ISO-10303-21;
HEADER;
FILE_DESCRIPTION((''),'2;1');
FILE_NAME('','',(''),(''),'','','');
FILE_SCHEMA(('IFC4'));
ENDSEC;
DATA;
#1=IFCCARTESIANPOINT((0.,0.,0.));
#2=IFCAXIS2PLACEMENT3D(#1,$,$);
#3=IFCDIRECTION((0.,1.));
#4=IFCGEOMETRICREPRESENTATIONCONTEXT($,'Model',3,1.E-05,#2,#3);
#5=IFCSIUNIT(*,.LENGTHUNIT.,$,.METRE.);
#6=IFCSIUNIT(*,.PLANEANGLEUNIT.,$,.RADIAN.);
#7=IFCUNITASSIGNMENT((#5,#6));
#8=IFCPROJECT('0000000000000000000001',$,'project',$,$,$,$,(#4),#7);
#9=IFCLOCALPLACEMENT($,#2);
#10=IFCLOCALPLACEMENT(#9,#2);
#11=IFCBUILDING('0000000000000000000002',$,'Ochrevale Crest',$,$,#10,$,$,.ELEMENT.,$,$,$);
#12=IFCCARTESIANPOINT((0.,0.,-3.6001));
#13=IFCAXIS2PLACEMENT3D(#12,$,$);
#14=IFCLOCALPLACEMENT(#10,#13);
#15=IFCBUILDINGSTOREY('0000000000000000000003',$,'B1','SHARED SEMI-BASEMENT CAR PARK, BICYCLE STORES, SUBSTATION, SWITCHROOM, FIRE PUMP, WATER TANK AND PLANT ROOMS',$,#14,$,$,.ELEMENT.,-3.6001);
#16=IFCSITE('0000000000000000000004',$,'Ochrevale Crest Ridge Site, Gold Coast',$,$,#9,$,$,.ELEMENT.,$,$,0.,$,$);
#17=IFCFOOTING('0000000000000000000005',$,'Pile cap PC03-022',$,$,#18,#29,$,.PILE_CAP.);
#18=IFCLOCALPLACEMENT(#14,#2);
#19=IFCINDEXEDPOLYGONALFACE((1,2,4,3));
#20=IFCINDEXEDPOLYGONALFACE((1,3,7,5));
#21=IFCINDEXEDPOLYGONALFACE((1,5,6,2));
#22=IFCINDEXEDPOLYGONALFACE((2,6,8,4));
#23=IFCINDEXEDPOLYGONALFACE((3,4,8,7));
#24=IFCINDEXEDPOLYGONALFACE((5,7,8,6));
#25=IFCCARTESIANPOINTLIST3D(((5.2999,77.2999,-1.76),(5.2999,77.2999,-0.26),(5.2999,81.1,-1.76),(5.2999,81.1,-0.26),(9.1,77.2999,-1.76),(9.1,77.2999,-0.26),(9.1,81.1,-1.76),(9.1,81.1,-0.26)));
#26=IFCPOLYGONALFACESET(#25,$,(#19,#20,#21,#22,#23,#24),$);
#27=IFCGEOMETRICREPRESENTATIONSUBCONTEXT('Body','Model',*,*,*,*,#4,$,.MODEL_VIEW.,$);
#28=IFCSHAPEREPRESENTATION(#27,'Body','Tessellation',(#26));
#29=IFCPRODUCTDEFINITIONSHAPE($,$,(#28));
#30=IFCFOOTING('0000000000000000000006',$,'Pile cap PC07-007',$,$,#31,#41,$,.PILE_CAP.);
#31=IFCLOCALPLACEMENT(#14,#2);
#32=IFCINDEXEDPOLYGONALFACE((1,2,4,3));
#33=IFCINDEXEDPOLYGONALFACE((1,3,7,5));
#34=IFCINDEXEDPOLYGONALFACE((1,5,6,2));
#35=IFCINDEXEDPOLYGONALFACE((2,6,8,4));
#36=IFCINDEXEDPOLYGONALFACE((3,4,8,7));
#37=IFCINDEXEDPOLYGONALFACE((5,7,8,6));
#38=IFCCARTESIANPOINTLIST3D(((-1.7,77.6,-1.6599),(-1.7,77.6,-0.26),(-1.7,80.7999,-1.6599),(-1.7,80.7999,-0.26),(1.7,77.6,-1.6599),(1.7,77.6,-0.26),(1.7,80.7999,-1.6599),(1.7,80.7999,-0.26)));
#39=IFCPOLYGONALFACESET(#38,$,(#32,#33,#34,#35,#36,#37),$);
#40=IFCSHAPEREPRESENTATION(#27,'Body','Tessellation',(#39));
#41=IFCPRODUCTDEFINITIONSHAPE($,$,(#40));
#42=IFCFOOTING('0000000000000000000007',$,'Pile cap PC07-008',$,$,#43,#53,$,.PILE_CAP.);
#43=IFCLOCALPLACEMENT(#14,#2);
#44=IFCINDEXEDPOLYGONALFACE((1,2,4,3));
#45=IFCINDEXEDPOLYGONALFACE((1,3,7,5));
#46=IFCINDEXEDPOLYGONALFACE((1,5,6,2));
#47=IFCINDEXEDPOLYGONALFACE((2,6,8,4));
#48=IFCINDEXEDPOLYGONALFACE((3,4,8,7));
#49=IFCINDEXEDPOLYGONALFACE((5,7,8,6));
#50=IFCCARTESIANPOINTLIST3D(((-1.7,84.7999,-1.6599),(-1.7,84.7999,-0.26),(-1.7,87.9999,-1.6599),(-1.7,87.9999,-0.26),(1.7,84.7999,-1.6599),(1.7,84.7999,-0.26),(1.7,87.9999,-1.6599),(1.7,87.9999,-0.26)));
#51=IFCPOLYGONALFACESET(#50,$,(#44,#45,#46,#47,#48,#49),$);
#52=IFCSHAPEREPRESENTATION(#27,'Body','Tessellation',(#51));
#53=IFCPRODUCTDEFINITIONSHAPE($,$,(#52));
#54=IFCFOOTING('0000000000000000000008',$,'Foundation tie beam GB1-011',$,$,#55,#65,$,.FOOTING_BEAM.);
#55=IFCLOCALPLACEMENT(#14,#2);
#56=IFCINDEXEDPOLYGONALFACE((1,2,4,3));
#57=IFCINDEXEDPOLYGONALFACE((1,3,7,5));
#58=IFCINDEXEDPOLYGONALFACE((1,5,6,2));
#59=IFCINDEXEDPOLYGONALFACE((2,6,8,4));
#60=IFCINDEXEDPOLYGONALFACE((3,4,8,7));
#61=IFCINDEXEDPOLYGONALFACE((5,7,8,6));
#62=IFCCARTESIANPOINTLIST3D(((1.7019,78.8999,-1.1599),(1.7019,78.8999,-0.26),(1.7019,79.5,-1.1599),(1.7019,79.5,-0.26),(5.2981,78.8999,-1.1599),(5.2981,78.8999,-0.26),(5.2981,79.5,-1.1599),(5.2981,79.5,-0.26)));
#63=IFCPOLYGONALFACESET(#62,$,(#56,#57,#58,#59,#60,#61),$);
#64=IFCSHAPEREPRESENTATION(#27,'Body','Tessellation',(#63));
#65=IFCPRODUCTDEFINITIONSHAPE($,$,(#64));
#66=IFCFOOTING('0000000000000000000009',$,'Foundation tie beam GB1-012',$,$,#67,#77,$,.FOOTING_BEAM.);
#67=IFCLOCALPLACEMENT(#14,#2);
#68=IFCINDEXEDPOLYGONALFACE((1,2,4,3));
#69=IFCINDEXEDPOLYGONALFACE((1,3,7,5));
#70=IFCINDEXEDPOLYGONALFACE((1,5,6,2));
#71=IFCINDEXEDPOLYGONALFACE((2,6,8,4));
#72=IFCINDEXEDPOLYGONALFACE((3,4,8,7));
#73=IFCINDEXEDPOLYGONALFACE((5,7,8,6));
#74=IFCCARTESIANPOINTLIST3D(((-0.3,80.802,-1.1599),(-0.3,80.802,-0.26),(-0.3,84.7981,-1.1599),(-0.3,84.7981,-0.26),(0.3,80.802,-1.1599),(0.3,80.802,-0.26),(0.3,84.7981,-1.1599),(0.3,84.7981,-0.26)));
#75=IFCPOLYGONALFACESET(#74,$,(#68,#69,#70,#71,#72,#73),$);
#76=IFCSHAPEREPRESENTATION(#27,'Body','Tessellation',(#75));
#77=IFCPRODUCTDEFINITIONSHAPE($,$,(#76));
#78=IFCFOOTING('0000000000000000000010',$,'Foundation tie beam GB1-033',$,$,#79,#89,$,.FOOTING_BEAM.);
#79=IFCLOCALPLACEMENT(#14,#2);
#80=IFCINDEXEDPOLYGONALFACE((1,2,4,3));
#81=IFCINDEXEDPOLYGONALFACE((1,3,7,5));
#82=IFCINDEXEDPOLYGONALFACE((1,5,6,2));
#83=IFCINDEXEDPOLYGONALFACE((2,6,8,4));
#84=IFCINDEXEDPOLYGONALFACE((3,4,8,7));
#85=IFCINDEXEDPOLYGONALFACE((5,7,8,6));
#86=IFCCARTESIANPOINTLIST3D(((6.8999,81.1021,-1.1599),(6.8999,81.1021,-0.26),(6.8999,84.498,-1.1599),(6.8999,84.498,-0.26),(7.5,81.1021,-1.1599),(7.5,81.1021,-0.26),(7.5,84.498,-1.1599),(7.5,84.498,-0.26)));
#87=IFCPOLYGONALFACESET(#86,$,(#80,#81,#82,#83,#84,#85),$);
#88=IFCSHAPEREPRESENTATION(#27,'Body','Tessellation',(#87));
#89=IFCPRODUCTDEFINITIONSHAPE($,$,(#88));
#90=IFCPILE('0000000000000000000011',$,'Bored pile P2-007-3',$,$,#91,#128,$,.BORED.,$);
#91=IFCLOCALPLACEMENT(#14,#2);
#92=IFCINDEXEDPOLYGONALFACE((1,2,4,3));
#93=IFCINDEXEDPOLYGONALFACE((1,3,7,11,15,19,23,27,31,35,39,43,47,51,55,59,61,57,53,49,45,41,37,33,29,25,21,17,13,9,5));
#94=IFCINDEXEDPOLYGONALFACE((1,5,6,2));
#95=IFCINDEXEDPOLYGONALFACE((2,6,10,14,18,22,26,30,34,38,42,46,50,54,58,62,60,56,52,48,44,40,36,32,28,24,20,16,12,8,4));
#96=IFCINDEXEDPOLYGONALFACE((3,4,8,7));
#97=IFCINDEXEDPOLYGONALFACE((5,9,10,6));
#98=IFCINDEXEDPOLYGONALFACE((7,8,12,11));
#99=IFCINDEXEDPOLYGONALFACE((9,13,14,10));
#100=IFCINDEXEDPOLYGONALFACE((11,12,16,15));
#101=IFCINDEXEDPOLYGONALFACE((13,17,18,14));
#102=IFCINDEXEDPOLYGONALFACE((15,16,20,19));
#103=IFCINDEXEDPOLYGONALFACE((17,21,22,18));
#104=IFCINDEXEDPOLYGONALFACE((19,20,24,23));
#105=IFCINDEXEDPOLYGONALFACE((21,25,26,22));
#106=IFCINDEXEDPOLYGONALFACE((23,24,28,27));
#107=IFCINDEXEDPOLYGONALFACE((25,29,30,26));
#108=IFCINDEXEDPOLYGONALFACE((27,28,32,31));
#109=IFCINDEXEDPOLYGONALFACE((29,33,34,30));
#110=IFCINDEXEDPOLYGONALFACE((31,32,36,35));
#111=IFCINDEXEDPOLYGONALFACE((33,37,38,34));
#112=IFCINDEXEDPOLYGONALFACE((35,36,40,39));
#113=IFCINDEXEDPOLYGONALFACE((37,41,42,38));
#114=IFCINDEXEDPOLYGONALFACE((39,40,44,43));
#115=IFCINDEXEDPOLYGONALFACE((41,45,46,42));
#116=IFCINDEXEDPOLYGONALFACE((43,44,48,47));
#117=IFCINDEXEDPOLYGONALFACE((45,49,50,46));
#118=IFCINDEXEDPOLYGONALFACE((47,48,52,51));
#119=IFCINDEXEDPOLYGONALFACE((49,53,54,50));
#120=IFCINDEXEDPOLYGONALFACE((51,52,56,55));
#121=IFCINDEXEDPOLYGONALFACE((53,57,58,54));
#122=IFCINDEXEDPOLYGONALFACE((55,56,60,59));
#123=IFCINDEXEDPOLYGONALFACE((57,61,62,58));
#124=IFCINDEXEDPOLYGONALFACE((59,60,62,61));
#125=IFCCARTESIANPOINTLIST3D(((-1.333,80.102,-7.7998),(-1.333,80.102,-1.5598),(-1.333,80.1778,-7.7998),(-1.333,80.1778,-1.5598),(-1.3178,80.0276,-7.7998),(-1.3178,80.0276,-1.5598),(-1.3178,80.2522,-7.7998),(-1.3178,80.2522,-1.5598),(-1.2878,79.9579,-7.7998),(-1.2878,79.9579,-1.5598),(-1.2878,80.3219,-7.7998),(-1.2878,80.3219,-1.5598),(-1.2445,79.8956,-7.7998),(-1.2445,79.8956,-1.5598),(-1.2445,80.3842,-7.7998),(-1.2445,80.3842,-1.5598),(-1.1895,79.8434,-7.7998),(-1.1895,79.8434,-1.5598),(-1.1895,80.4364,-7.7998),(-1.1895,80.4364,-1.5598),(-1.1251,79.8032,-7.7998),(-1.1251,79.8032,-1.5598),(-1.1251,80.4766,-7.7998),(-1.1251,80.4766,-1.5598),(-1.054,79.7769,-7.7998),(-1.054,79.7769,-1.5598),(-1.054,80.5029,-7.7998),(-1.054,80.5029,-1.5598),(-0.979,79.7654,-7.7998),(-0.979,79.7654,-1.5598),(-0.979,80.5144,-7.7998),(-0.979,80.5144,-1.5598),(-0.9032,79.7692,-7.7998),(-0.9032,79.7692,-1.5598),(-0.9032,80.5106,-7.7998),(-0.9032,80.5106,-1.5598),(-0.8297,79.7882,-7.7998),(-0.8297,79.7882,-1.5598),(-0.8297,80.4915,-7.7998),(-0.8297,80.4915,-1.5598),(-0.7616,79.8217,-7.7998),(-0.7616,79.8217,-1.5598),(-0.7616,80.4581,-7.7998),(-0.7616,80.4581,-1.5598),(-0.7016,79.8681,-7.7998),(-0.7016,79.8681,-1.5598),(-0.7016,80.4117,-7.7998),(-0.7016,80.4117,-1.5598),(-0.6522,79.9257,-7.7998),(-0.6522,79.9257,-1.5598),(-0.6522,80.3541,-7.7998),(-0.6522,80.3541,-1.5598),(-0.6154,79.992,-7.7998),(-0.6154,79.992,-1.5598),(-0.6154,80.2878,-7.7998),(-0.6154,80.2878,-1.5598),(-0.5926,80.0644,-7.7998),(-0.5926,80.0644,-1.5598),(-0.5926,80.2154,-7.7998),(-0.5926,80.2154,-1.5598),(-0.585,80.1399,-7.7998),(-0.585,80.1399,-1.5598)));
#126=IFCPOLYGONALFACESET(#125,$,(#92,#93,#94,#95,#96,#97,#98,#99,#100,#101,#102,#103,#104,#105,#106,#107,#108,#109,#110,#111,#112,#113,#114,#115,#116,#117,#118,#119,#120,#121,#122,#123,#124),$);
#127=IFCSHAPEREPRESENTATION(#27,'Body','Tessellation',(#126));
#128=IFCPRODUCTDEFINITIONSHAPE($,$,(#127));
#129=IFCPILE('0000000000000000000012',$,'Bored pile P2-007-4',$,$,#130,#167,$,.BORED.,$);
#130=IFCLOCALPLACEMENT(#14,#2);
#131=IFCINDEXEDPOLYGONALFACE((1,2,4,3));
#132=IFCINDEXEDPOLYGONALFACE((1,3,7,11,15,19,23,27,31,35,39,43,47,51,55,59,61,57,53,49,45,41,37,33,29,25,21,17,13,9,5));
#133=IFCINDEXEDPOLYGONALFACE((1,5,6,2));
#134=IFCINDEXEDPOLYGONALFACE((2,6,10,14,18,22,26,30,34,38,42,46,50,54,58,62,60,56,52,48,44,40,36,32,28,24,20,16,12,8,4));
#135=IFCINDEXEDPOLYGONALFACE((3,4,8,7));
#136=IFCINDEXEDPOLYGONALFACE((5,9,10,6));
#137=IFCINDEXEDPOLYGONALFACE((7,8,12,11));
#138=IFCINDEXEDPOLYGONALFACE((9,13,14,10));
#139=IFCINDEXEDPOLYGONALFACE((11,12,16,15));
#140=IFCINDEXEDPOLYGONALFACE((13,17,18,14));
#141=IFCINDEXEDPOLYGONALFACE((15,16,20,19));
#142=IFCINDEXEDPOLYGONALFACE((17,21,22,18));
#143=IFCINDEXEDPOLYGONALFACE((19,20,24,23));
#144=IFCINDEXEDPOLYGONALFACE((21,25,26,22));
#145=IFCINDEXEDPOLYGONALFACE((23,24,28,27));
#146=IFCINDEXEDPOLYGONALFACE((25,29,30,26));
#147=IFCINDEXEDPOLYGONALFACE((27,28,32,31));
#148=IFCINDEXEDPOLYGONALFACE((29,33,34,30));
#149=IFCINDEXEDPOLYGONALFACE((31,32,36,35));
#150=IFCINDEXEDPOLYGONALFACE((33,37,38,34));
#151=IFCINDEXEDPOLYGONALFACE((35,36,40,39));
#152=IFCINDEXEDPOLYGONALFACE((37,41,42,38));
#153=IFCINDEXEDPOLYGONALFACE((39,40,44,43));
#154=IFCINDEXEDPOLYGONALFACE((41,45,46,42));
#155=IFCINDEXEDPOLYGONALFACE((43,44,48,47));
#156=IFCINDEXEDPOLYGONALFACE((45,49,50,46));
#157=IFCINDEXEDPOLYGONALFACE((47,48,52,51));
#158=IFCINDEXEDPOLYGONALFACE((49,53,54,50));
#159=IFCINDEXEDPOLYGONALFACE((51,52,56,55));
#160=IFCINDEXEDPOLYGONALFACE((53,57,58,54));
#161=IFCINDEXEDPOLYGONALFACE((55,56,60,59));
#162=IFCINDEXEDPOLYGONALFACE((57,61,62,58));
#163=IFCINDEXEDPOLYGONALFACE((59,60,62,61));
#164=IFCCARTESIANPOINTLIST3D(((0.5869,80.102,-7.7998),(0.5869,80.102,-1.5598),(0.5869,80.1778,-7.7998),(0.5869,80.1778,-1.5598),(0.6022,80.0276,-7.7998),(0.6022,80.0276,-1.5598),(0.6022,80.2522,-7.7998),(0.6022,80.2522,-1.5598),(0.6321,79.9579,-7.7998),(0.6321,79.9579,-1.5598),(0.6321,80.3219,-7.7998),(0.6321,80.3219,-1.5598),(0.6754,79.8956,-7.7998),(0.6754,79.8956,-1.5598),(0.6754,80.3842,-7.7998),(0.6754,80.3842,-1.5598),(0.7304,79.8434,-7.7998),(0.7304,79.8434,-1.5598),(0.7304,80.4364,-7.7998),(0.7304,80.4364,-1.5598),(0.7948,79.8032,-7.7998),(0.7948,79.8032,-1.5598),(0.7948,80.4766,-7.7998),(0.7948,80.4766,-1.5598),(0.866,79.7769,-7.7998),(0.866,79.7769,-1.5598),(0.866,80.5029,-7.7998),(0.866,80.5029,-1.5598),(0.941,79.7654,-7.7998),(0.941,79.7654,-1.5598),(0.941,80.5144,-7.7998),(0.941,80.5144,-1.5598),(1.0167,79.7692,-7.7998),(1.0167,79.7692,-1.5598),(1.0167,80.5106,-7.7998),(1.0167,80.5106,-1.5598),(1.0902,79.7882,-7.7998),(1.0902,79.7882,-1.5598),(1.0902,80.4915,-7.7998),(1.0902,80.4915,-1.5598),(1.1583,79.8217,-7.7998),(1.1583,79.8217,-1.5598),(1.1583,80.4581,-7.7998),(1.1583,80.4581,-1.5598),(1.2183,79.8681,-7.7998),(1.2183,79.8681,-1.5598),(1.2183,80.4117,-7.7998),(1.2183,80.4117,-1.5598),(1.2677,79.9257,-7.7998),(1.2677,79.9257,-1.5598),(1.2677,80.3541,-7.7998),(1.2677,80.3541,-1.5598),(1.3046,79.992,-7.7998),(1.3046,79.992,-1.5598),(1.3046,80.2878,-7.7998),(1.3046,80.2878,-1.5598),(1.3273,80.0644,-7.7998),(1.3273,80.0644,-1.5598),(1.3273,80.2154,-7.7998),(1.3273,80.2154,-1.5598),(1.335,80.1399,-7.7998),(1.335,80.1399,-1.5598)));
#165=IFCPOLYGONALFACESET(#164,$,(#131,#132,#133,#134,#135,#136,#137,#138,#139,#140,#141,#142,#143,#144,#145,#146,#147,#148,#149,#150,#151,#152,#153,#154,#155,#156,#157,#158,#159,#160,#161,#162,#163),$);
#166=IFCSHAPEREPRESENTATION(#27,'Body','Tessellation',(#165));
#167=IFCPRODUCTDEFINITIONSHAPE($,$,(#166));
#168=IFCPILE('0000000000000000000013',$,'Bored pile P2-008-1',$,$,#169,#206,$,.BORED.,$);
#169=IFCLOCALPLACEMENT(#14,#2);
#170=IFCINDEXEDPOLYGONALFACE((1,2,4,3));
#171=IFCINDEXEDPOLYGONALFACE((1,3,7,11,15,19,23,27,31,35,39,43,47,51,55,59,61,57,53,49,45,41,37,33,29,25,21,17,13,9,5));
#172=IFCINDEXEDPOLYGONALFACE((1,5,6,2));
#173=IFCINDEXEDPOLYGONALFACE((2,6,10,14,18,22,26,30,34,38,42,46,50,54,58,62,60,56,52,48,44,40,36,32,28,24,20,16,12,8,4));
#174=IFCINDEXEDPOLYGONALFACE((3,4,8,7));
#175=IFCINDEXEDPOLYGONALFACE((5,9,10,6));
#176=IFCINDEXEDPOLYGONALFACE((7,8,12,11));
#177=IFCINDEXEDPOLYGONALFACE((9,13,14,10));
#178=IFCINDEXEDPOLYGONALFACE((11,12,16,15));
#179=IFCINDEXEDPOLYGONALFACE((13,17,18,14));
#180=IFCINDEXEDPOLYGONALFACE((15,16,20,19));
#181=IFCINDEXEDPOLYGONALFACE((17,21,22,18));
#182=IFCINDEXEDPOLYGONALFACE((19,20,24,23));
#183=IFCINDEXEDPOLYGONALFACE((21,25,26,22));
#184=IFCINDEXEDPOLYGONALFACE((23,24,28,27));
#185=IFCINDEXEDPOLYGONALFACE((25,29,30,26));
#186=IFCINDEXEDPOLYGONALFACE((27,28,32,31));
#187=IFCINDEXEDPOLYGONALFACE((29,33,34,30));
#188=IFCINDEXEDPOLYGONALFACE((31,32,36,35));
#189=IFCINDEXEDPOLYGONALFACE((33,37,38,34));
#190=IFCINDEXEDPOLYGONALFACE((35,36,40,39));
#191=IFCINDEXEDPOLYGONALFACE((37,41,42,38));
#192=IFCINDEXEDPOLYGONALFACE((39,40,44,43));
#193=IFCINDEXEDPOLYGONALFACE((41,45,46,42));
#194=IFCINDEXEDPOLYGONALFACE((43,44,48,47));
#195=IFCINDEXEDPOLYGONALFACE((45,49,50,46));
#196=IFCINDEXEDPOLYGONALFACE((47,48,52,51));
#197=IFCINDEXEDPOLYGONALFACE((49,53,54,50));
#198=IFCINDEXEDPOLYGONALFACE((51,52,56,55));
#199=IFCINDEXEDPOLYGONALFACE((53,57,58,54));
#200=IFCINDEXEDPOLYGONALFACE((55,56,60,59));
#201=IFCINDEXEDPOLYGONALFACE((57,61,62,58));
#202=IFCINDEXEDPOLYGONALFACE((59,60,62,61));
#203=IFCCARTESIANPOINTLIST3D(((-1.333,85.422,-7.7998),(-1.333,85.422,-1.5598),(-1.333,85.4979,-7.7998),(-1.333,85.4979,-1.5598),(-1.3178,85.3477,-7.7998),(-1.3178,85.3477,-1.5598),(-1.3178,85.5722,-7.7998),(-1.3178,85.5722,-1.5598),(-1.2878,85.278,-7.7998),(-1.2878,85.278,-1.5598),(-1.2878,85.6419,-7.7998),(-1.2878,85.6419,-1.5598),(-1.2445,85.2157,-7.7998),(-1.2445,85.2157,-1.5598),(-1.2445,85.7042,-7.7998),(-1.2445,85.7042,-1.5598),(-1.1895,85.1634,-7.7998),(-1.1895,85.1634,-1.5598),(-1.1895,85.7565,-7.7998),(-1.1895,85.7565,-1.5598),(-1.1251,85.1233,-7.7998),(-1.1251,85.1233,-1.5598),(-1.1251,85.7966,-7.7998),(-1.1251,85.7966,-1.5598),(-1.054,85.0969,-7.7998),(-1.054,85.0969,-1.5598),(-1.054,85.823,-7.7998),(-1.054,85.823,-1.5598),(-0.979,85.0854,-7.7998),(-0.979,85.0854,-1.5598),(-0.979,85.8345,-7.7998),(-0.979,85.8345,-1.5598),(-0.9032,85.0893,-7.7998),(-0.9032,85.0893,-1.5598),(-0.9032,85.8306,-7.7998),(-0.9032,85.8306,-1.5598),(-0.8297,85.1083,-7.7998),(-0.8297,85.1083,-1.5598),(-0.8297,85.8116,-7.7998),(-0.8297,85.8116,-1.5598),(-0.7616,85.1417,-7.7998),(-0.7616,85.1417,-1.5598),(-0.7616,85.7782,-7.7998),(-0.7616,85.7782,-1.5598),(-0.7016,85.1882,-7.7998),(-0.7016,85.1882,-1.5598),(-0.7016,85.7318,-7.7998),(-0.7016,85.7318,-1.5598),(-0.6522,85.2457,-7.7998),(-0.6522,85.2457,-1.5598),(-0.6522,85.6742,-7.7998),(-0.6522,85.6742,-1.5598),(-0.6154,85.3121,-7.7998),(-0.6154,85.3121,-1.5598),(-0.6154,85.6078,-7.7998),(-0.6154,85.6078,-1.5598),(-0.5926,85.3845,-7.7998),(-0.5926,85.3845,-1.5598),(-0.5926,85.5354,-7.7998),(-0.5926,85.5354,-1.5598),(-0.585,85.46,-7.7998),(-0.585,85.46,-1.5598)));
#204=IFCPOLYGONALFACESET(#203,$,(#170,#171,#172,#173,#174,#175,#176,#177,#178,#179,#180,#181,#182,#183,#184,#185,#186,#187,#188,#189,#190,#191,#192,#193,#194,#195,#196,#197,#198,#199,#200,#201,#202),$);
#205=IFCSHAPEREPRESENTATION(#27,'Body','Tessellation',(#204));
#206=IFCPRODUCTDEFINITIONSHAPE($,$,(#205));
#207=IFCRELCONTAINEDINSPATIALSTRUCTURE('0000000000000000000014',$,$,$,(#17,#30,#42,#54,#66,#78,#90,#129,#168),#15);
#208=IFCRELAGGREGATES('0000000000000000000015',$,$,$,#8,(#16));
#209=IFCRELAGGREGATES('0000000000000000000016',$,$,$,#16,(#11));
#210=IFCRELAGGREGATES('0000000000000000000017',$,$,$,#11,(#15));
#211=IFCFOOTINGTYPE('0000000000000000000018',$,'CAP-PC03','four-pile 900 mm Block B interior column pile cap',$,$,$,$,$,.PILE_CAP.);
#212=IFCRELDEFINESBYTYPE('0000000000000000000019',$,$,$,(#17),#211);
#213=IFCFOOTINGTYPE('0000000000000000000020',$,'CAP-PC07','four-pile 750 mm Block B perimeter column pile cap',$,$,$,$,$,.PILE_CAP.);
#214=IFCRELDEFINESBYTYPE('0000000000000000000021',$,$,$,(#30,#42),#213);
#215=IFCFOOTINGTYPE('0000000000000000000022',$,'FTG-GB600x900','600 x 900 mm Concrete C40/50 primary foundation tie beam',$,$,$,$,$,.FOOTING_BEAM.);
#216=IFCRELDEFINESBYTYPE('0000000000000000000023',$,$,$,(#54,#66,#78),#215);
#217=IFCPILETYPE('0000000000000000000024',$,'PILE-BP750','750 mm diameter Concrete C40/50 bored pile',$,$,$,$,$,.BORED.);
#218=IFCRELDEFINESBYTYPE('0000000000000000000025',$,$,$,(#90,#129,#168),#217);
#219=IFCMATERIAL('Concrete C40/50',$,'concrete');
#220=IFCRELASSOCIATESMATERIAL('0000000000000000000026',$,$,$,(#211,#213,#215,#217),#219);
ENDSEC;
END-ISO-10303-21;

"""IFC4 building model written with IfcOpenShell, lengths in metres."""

from ifc_helpers import new_model, si_unit, direction, frame, origin, origin_2d, place, context, subcontext, project, spatial, rectangle, circle, extrude, material, material_profile, profile_set, type_object, element, save


model = new_model("IFC4")

# Units and contexts
model_context = context("Model", 3, precision=1e-05, world=origin(), true_north=direction((0.0, 1.0)))
body_context = subcontext(model_context, "Body", "Model", "MODEL_VIEW")
ifc_project = project(units=[si_unit("LENGTHUNIT", "METRE"), si_unit("PLANEANGLEUNIT", "RADIAN")], contexts=[model_context])

# Site, building, storey
site_placement = place(None, origin())
site = spatial("IfcSite", under=ifc_project, at=site_placement, Name="Ochrevale Crest Ridge Site, Gold Coast", CompositionType="ELEMENT", RefElevation=0.0)
building_placement = place(site_placement, origin())
building = spatial("IfcBuilding", under=site, at=building_placement, Name="Ochrevale Crest", CompositionType="ELEMENT")
storey_placement = place(building_placement, frame((0.0, 0.0, -3.6001)))
storey = spatial("IfcBuildingStorey", under=building, at=storey_placement, Name="B1", Description="SHARED SEMI-BASEMENT CAR PARK, BICYCLE STORES, SUBSTATION, SWITCHROOM, FIRE PUMP, WATER TANK AND PLANT ROOMS", CompositionType="ELEMENT", Elevation=-3.6001)

# Footings
ifc_material_1 = material(Name="Concrete C40/50", Category="concrete")
footing_type_1 = type_object("IfcFootingType", Name="CAP-PC03", Description="four-pile 900 mm Block B interior column pile cap", PredefinedType="PILE_CAP", material=ifc_material_1)
footing_1_placement = place(storey_placement, frame((7.2, 79.2, -1.76), z_axis=(0.0, 0.0, 1.0), x_axis=(1.0, 0.0, 0.0)))
element("IfcFooting", 1, at=footing_1_placement, inside=storey, type_object=footing_type_1, Name="Pile cap PC03-022", PredefinedType="PILE_CAP", context=body_context, shape_type="SweptSolid", body=[
    extrude(rectangle(XDim=3.8, YDim=3.8, at=origin_2d()), origin(), (0.0, 0.0, 1.0), 1.5),
])
footing_type_2 = type_object("IfcFootingType", Name="CAP-PC07", Description="four-pile 750 mm Block B perimeter column pile cap", PredefinedType="PILE_CAP", material=ifc_material_1)
for number, where, z_axis, x_axis, name in (
    (2, (0.0, 79.2, -1.6599), (0.0, 0.0, 1.0), (1.0, 0.0, 0.0), "Pile cap PC07-007"),
    (3, (0.0, 86.3999, -1.6599), (0.0, 0.0, 1.0), (1.0, 0.0, 0.0), "Pile cap PC07-008"),
):
    element("IfcFooting", number, at=place(storey_placement, frame(where, z_axis=z_axis, x_axis=x_axis)), inside=storey, type_object=footing_type_2, Name=name, PredefinedType="PILE_CAP", context=body_context, shape_type="SweptSolid", body=[
        extrude(rectangle(XDim=3.3999, YDim=3.2, at=origin_2d()), origin(), (0.0, 0.0, 1.0), 1.3999),
    ])
ifc_material_profile_1 = material_profile(ifc_material_1, rectangle(XDim=0.6001, YDim=0.8999, at=origin_2d()), Name="GB 600x900")
ifc_profile_set_1 = profile_set([ifc_material_profile_1], Name="Concrete C40/50")
footing_type_3 = type_object("IfcFootingType", Name="FTG-GB600x900", Description="600 x 900 mm Concrete C40/50 primary foundation tie beam", PredefinedType="FOOTING_BEAM", material=ifc_profile_set_1)
footing_2_placement = place(storey_placement, frame((1.7019, 79.2, -0.71), z_axis=(1.0, 0.0, 0.0), x_axis=(0.0, 1.0, 0.0)))
element("IfcFooting", 4, at=footing_2_placement, inside=storey, type_object=footing_type_3, Name="Foundation tie beam GB1-011", PredefinedType="FOOTING_BEAM", context=body_context, shape_type="SweptSolid", body=[
    extrude(rectangle(XDim=0.6001, YDim=0.8999, at=origin_2d()), origin(), (0.0, 0.0, 1.0), 3.5962),
])
footing_3_placement = place(storey_placement, frame((0.0, 80.802, -0.71), z_axis=(0.0, 1.0, 0.0), x_axis=(-1.0, 0.0, 0.0)))
element("IfcFooting", 5, at=footing_3_placement, inside=storey, type_object=footing_type_3, Name="Foundation tie beam GB1-012", PredefinedType="FOOTING_BEAM", context=body_context, shape_type="SweptSolid", body=[
    extrude(rectangle(XDim=0.6001, YDim=0.8999, at=origin_2d()), origin(), (0.0, 0.0, 1.0), 3.9961),
])
footing_4_placement = place(storey_placement, frame((7.2, 81.1021, -0.71), z_axis=(0.0, 1.0, 0.0), x_axis=(-1.0, 0.0, 0.0)))
element("IfcFooting", 6, at=footing_4_placement, inside=storey, type_object=footing_type_3, Name="Foundation tie beam GB1-033", PredefinedType="FOOTING_BEAM", context=body_context, shape_type="SweptSolid", body=[
    extrude(rectangle(XDim=0.6001, YDim=0.8999, at=origin_2d()), origin(), (0.0, 0.0, 1.0), 3.396),
])

# Piles
ifc_material_profile_2 = material_profile(ifc_material_1, circle(Radius=0.375, at=origin_2d()), Name="BORED PILE 750")
ifc_profile_set_2 = profile_set([ifc_material_profile_2], Name="Concrete C40/50")
pile_type_1 = type_object("IfcPileType", Name="PILE-BP750", Description="750 mm diameter Concrete C40/50 bored pile", PredefinedType="BORED", material=ifc_profile_set_2)
for number, where, z_axis, x_axis, name in (
    (7, (-0.96, 80.1399, -1.5598), (0.0, 0.0, -1.0), (1.0, 0.0, 0.0), "Bored pile P2-007-3"),
    (8, (0.96, 80.1399, -1.5598), (0.0, 0.0, -1.0), (1.0, 0.0, 0.0), "Bored pile P2-007-4"),
    (9, (-0.96, 85.46, -1.5598), (0.0, 0.0, -1.0), (1.0, 0.0, 0.0), "Bored pile P2-008-1"),
):
    element("IfcPile", number, at=place(storey_placement, frame(where, z_axis=z_axis, x_axis=x_axis)), inside=storey, type_object=pile_type_1, Name=name, PredefinedType="BORED", context=body_context, shape_type="SweptSolid", body=[
        extrude(circle(Radius=0.375, at=origin_2d()), origin(), (0.0, 0.0, 1.0), 6.24),
    ])

save(model, "model.ifc")
